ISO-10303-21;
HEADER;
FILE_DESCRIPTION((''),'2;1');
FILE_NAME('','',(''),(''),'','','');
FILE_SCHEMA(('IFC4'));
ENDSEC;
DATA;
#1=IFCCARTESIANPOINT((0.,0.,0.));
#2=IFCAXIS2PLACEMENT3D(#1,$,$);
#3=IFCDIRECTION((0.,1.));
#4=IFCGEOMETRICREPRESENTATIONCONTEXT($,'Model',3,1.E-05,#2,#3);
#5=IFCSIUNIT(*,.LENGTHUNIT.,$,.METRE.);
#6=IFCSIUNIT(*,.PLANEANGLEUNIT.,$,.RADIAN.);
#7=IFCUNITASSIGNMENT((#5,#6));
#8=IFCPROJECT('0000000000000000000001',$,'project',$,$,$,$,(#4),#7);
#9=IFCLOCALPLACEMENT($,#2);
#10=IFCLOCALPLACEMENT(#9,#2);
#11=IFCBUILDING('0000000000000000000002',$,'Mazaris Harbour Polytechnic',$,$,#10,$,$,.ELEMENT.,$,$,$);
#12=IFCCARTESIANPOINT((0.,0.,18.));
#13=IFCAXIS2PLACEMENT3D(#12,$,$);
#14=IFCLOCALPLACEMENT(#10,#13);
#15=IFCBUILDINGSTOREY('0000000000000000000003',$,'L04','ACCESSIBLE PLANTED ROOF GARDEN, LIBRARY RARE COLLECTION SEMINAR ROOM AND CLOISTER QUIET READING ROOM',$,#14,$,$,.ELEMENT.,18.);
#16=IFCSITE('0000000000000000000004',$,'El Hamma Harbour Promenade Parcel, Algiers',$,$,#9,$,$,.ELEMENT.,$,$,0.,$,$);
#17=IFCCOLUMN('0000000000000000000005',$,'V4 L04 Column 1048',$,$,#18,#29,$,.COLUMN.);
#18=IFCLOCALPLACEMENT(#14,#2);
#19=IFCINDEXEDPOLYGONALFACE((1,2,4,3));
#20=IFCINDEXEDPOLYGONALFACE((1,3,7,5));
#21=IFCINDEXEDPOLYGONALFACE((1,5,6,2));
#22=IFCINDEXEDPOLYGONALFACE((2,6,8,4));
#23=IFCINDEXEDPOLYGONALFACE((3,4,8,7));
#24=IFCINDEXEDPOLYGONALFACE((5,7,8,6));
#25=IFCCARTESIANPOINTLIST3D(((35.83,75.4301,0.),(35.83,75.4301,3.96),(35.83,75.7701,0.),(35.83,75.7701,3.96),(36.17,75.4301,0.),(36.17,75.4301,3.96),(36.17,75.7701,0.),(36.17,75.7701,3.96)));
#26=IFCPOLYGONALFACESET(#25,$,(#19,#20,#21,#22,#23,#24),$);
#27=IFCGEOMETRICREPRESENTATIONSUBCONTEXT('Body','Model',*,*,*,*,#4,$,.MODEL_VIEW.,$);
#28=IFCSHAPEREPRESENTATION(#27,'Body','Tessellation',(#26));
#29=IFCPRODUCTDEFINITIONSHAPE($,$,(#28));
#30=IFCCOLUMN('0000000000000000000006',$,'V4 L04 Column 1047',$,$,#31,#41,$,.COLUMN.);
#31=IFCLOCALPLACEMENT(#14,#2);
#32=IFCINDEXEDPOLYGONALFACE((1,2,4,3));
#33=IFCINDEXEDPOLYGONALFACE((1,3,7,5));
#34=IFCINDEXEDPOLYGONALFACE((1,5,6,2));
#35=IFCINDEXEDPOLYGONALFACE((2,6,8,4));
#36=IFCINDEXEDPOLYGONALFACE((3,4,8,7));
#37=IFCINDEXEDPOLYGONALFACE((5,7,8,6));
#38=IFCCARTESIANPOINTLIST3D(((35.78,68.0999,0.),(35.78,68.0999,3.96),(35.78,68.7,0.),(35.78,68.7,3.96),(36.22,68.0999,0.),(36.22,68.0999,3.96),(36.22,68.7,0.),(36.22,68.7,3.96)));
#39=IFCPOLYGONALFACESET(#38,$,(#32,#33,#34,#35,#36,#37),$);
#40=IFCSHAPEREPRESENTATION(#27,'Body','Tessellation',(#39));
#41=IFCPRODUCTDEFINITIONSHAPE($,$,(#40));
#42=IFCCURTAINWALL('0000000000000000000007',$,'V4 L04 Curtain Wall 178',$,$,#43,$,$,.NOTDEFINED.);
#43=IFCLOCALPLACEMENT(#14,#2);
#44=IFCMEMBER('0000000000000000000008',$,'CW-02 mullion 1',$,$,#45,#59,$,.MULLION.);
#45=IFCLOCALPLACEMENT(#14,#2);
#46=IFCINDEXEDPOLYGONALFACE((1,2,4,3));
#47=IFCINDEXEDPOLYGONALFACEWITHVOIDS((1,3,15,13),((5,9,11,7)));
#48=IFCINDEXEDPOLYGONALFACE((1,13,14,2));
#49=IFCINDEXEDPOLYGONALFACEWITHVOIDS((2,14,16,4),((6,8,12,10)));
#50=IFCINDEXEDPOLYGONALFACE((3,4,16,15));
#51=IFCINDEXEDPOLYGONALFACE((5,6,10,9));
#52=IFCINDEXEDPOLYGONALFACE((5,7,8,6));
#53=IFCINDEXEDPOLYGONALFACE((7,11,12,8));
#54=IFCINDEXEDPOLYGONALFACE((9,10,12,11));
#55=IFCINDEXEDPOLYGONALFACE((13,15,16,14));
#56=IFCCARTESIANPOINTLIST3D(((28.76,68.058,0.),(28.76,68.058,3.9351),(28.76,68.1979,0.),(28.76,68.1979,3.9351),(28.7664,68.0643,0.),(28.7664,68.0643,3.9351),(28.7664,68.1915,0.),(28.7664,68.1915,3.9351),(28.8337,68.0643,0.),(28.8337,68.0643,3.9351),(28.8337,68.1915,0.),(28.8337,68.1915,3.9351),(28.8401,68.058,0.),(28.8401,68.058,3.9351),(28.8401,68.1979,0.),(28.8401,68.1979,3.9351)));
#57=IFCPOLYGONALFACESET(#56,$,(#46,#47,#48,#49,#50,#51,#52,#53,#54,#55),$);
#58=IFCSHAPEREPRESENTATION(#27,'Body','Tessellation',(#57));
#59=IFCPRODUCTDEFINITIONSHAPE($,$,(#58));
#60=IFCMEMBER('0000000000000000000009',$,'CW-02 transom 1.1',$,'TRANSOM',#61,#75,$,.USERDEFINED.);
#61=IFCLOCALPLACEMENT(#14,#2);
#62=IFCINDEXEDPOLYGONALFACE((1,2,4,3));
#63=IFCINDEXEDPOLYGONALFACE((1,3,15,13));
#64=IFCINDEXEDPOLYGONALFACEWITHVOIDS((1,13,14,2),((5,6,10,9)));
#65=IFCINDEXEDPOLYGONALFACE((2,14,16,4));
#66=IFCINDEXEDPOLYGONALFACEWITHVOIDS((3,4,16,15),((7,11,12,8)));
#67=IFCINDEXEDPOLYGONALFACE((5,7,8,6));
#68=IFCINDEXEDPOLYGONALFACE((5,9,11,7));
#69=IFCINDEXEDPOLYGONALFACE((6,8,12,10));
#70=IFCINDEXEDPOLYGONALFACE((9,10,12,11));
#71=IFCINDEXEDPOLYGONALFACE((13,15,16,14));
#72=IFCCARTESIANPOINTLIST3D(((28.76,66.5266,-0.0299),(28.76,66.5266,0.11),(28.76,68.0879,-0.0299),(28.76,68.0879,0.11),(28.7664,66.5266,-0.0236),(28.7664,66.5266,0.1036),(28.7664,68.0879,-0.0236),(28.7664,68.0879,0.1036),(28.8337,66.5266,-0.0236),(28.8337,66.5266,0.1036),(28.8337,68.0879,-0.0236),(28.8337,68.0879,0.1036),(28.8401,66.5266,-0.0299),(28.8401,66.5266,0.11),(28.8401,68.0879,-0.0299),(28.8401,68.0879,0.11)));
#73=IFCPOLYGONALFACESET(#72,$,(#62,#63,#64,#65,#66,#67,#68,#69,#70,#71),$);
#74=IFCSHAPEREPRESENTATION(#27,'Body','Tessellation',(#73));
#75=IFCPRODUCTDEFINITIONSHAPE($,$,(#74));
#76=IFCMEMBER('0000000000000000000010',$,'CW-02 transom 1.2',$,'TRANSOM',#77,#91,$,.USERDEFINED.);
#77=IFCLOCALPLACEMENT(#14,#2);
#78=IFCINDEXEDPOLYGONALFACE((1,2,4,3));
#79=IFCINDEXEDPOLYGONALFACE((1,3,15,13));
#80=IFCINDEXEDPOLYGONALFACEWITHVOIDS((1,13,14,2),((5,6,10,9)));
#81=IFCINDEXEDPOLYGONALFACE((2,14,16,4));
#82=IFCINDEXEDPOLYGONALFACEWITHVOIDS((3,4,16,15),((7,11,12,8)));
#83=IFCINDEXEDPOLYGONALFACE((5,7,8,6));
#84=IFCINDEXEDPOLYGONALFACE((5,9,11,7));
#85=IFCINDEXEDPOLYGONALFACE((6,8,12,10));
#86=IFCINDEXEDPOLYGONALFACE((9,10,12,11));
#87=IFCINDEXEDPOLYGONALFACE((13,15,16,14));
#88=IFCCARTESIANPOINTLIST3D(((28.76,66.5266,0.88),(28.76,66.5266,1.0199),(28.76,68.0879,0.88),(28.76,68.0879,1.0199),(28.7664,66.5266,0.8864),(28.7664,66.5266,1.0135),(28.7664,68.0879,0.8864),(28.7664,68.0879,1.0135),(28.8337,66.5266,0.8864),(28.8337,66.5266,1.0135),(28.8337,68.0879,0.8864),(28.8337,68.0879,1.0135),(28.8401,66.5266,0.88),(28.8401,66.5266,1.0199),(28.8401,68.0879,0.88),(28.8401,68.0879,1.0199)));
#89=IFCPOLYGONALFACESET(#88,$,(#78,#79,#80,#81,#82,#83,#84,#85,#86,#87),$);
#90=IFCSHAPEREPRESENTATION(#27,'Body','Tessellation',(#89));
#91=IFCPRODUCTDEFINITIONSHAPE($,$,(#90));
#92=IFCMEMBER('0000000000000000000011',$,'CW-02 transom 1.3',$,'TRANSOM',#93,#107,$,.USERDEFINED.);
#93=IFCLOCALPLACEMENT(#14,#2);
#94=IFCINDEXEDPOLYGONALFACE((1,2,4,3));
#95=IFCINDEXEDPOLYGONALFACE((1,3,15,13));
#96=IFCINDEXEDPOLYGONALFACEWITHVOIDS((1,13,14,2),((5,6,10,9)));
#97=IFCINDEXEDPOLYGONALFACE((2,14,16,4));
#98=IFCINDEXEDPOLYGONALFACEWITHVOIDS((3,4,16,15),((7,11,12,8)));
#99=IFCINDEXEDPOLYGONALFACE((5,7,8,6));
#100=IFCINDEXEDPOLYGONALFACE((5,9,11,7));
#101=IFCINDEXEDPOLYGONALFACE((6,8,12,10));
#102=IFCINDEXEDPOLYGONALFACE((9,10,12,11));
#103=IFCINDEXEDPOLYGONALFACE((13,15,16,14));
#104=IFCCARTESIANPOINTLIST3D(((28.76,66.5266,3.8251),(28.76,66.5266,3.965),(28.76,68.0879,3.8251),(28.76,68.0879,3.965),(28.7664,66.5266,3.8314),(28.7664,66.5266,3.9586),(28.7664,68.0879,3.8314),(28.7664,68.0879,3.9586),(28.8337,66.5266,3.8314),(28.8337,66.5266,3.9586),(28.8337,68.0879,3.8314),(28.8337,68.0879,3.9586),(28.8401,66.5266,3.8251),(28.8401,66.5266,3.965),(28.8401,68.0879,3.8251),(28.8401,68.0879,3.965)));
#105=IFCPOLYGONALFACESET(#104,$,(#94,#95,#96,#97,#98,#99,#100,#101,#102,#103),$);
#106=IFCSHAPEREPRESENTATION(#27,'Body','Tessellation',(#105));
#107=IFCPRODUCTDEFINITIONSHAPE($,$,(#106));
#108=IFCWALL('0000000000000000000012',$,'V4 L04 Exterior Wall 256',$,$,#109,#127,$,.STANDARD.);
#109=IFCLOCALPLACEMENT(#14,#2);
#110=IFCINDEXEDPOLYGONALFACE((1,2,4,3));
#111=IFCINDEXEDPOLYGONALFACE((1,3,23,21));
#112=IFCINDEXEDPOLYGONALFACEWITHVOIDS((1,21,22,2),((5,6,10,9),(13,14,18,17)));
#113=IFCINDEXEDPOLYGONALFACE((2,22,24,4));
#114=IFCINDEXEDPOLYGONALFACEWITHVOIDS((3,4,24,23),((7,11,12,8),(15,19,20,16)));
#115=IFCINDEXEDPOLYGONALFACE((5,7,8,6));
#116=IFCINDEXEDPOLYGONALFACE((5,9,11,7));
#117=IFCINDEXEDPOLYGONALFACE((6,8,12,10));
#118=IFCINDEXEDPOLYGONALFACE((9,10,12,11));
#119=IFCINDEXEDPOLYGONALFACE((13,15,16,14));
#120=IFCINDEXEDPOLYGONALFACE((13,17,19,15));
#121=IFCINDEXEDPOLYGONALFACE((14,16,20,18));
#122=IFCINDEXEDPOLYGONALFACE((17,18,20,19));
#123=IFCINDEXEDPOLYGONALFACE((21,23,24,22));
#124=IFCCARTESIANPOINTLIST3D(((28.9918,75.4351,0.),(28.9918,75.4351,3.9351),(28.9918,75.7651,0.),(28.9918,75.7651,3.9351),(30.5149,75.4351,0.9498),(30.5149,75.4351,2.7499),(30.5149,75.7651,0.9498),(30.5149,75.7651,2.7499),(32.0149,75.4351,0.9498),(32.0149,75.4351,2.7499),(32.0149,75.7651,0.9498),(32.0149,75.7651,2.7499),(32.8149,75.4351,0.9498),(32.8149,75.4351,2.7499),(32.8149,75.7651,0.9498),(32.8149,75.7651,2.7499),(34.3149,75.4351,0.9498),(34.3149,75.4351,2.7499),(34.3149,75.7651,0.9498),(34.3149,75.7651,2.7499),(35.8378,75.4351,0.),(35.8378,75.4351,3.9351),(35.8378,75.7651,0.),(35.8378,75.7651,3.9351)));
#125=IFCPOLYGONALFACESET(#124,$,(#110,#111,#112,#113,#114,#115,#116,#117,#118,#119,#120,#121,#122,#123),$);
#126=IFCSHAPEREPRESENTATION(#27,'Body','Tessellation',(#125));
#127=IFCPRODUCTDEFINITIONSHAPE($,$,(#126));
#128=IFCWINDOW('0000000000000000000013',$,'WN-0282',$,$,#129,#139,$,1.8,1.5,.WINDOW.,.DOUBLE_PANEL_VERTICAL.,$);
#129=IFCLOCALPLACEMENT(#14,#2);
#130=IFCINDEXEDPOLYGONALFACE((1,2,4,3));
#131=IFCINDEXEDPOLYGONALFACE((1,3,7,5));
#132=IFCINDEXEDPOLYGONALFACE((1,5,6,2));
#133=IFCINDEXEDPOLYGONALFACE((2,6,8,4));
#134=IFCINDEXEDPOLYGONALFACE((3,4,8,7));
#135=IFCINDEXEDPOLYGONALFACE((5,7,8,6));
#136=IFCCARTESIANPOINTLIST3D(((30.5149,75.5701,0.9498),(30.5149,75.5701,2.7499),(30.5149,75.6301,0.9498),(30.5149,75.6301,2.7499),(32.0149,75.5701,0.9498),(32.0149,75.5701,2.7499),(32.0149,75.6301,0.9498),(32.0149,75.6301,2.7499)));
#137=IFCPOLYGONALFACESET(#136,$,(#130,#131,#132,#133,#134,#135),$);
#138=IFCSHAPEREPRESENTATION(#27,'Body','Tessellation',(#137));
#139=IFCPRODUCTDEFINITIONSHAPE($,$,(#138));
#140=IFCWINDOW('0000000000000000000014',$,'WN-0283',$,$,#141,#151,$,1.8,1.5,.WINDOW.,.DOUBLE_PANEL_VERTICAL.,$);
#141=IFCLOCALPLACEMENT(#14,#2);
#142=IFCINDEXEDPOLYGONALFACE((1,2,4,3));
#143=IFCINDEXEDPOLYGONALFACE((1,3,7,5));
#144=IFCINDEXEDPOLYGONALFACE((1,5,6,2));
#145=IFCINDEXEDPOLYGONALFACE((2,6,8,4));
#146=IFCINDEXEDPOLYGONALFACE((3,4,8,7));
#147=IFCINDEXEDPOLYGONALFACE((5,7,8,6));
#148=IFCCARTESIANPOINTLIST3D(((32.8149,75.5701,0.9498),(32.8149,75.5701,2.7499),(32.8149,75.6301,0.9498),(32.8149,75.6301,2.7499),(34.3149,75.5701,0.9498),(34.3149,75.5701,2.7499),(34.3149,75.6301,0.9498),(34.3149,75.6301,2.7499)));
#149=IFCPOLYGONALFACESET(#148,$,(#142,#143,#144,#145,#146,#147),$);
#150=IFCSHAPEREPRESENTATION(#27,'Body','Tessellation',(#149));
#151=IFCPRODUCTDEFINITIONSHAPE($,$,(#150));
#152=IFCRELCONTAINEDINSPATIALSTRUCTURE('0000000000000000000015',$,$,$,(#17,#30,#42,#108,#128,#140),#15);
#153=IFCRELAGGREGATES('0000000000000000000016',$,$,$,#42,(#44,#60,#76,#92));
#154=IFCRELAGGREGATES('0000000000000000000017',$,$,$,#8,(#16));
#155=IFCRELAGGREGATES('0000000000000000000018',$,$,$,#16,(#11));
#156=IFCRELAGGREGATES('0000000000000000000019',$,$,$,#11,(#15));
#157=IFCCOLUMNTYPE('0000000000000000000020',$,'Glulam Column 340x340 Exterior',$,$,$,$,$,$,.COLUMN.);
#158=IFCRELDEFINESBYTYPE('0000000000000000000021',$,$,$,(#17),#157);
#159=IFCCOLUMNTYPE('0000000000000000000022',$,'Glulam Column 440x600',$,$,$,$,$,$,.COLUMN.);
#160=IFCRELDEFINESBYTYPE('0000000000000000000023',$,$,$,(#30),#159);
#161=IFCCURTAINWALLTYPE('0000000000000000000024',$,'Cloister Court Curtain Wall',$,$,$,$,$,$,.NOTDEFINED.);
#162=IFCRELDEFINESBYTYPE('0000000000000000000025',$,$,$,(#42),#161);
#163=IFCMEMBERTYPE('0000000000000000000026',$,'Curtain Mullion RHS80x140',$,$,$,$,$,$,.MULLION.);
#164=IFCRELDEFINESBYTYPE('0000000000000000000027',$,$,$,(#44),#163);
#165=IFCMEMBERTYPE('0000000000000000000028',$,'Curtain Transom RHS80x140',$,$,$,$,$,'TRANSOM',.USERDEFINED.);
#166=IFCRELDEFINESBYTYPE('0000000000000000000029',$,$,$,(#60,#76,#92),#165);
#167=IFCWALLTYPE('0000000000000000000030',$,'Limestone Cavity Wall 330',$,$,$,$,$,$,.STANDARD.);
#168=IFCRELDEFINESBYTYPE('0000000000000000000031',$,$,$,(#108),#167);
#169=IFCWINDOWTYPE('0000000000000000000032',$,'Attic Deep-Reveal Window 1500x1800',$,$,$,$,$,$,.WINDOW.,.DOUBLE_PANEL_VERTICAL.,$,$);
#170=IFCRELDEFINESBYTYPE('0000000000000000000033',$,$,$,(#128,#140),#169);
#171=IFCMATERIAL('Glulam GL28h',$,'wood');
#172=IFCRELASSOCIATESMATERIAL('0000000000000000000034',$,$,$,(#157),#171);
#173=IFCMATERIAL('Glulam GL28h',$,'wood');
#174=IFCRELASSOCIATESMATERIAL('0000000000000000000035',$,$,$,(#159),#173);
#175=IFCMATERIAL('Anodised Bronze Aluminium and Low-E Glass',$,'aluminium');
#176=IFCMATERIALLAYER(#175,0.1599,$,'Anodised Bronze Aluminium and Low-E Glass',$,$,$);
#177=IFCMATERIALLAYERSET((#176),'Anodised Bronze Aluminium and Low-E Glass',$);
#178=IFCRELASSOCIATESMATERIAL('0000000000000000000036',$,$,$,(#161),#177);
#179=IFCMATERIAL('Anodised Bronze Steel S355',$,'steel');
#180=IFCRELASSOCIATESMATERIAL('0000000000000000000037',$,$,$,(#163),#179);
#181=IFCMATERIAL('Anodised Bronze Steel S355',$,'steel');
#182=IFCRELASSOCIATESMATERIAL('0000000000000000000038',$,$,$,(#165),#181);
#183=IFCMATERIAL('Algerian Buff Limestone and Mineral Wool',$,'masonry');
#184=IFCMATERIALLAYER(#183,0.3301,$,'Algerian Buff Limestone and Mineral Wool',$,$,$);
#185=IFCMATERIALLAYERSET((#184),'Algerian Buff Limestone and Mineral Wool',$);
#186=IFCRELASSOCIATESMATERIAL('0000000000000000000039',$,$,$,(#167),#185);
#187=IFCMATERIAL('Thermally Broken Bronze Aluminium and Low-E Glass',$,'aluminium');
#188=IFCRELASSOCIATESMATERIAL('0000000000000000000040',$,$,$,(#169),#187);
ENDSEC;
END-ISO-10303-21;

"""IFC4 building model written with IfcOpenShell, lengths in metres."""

from ifc_helpers import new_model, si_unit, direction, frame, frame_2d, origin, origin_2d, place, context, subcontext, project, spatial, rectangle, hollow_rectangle, extrude, material, layer, layer_set, material_profile, profile_set, type_object, element, fill, aggregate, save


model = new_model("IFC4")

# Units and contexts
model_context = context("Model", 3, precision=1e-05, world=origin(), true_north=direction((0.0, 1.0)))
body_context = subcontext(model_context, "Body", "Model", "MODEL_VIEW")
ifc_project = project(units=[si_unit("LENGTHUNIT", "METRE"), si_unit("PLANEANGLEUNIT", "RADIAN")], contexts=[model_context])

# Site, building, storey
site_placement = place(None, origin())
site = spatial("IfcSite", under=ifc_project, at=site_placement, Name="El Hamma Harbour Promenade Parcel, Algiers", CompositionType="ELEMENT", RefElevation=0.0)
building_placement = place(site_placement, origin())
building = spatial("IfcBuilding", under=site, at=building_placement, Name="Mazaris Harbour Polytechnic", CompositionType="ELEMENT")
storey_placement = place(building_placement, frame((0.0, 0.0, 18.0)))
storey = spatial("IfcBuildingStorey", under=building, at=storey_placement, Name="L04", Description="ACCESSIBLE PLANTED ROOF GARDEN, LIBRARY RARE COLLECTION SEMINAR ROOM AND CLOISTER QUIET READING ROOM", CompositionType="ELEMENT", Elevation=18.0)

# Columns
ifc_material_1 = material(Name="Glulam GL28h", Category="wood")
ifc_material_profile_1 = material_profile(ifc_material_1, rectangle(XDim=0.3401, YDim=0.3401, at=origin_2d()), Name="RECT340x340")
ifc_profile_set_1 = profile_set([ifc_material_profile_1], Name="Glulam GL28h")
column_type_1 = type_object("IfcColumnType", Name="Glulam Column 340x340 Exterior", PredefinedType="COLUMN", material=ifc_profile_set_1)
column_1_placement = place(storey_placement, frame((36.0, 75.6001, 0.0), z_axis=(0.0, 0.0, 1.0), x_axis=(1.0, 0.0, 0.0)))
element("IfcColumn", 1, at=column_1_placement, inside=storey, type_object=column_type_1, Name="V4 L04 Column 1048", PredefinedType="COLUMN", context=body_context, shape_type="SweptSolid", body=[
    extrude(rectangle(XDim=0.3401, YDim=0.3401, at=origin_2d()), origin(), (0.0, 0.0, 1.0), 3.96),
])
ifc_material_2 = material(Name="Glulam GL28h", Category="wood")
ifc_material_profile_2 = material_profile(ifc_material_2, rectangle(XDim=0.4399, YDim=0.6001, at=origin_2d()), Name="RECT440x600")
ifc_profile_set_2 = profile_set([ifc_material_profile_2], Name="Glulam GL28h")
column_type_2 = type_object("IfcColumnType", Name="Glulam Column 440x600", PredefinedType="COLUMN", material=ifc_profile_set_2)
column_2_placement = place(storey_placement, frame((36.0, 68.3999, 0.0), z_axis=(0.0, 0.0, 1.0), x_axis=(1.0, 0.0, 0.0)))
element("IfcColumn", 2, at=column_2_placement, inside=storey, type_object=column_type_2, Name="V4 L04 Column 1047", PredefinedType="COLUMN", context=body_context, shape_type="SweptSolid", body=[
    extrude(rectangle(XDim=0.4399, YDim=0.6001, at=origin_2d()), origin(), (0.0, 0.0, 1.0), 3.96),
])

# Curtain wall, members
ifc_material_3 = material(Name="Anodised Bronze Aluminium and Low-E Glass", Category="aluminium")
ifc_layer_1 = layer(ifc_material_3, 0.1599, Name="Anodised Bronze Aluminium and Low-E Glass")
ifc_layer_set_1 = layer_set([ifc_layer_1], Name="Anodised Bronze Aluminium and Low-E Glass")
curtain_wall_type = type_object("IfcCurtainWallType", Name="Cloister Court Curtain Wall", PredefinedType="NOTDEFINED", material=ifc_layer_set_1)
curtain_wall_placement = place(storey_placement, origin())
curtain_wall = element("IfcCurtainWall", 3, at=curtain_wall_placement, inside=storey, type_object=curtain_wall_type, Name="V4 L04 Curtain Wall 178", PredefinedType="NOTDEFINED")
ifc_material_4 = material(Name="Anodised Bronze Steel S355", Category="steel")
ifc_material_profile_3 = material_profile(ifc_material_4, hollow_rectangle(XDim=0.0801, YDim=0.1399, WallThickness=0.0063, at=origin_2d()), Name="RHS 80x140x6.3")
ifc_profile_set_3 = profile_set([ifc_material_profile_3], Name="Anodised Bronze Steel S355")
member_type_1 = type_object("IfcMemberType", Name="Curtain Mullion RHS80x140", PredefinedType="MULLION", material=ifc_profile_set_3)
member_1_placement = place(storey_placement, frame((28.8, 68.1279, 0.0), z_axis=(0.0, 0.0, 1.0), x_axis=(1.0, 0.0, 0.0)))
member_1 = element("IfcMember", 4, at=member_1_placement, type_object=member_type_1, Name="CW-02 mullion 1", PredefinedType="MULLION", context=body_context, shape_type="SweptSolid", body=[
    extrude(hollow_rectangle(XDim=0.0801, YDim=0.1399, WallThickness=0.0063, at=origin_2d()), origin(), (0.0, 0.0, 1.0), 3.9351),
])
ifc_material_5 = material(Name="Anodised Bronze Steel S355", Category="steel")
ifc_material_profile_4 = material_profile(ifc_material_5, hollow_rectangle(XDim=0.0801, YDim=0.1399, WallThickness=0.0063, at=origin_2d()), Name="RHS 80x140x6.3")
ifc_profile_set_4 = profile_set([ifc_material_profile_4], Name="Anodised Bronze Steel S355")
member_type_2 = type_object("IfcMemberType", Name="Curtain Transom RHS80x140", ElementType="TRANSOM", PredefinedType="USERDEFINED", material=ifc_profile_set_4)
member_2_placement = place(storey_placement, frame((28.8, 68.0879, 0.04), z_axis=(0.0, -1.0, 0.0), x_axis=(1.0, 0.0, 0.0)))
member_2 = element("IfcMember", 5, at=member_2_placement, type_object=member_type_2, Name="CW-02 transom 1.1", ObjectType="TRANSOM", PredefinedType="USERDEFINED", context=body_context, shape_type="SweptSolid", body=[
    extrude(hollow_rectangle(XDim=0.0801, YDim=0.1399, WallThickness=0.0063, at=origin_2d()), origin(), (0.0, 0.0, 1.0), 1.5613),
])
member_3_placement = place(storey_placement, frame((28.8, 68.0879, 0.95), z_axis=(0.0, -1.0, 0.0), x_axis=(1.0, 0.0, 0.0)))
member_3 = element("IfcMember", 6, at=member_3_placement, type_object=member_type_2, Name="CW-02 transom 1.2", ObjectType="TRANSOM", PredefinedType="USERDEFINED", context=body_context, shape_type="SweptSolid", body=[
    extrude(hollow_rectangle(XDim=0.0801, YDim=0.1399, WallThickness=0.0063, at=origin_2d()), origin(), (0.0, 0.0, 1.0), 1.5613),
])
member_4_placement = place(storey_placement, frame((28.8, 68.0879, 3.895), z_axis=(0.0, -1.0, 0.0), x_axis=(1.0, 0.0, 0.0)))
member_4 = element("IfcMember", 7, at=member_4_placement, type_object=member_type_2, Name="CW-02 transom 1.3", ObjectType="TRANSOM", PredefinedType="USERDEFINED", context=body_context, shape_type="SweptSolid", body=[
    extrude(hollow_rectangle(XDim=0.0801, YDim=0.1399, WallThickness=0.0063, at=origin_2d()), origin(), (0.0, 0.0, 1.0), 1.5613),
])
aggregate(curtain_wall, [member_1, member_2, member_3, member_4])

# Wall, openings, windows
ifc_material_6 = material(Name="Algerian Buff Limestone and Mineral Wool", Category="masonry")
ifc_layer_2 = layer(ifc_material_6, 0.3301, Name="Algerian Buff Limestone and Mineral Wool")
ifc_layer_set_2 = layer_set([ifc_layer_2], Name="Algerian Buff Limestone and Mineral Wool")
wall_type_1 = type_object("IfcWallType", Name="Limestone Cavity Wall 330", PredefinedType="STANDARD", material=ifc_layer_set_2)
wall_1_placement = place(storey_placement, frame((28.9919, 75.6001, 0.0), z_axis=(0.0, 0.0, 1.0), x_axis=(1.0, 0.0, 0.0)))
wall_1 = element("IfcWall", 8, at=wall_1_placement, inside=storey, type_object=wall_type_1, Name="V4 L04 Exterior Wall 256", PredefinedType="STANDARD", context=body_context, shape_type="SweptSolid", body=[
    extrude(rectangle(XDim=6.8459, YDim=0.3301, at=frame_2d((3.4229, 0.0))), origin(), (0.0, 0.0, 1.0), 3.9351),
])
opening_1_placement = place(wall_1_placement, frame((1.5229, 0.0, 0.95)))
opening_1 = element("IfcOpeningElement", 9, at=opening_1_placement, cuts=wall_1, PredefinedType="OPENING", context=body_context, shape_type="SweptSolid", body=[
    extrude(rectangle(XDim=1.5, YDim=1.8, at=frame_2d((0.75, 0.8999))), frame((0.0, 0.175, 0.0), z_axis=(0.0, -1.0, 0.0), x_axis=(1.0, 0.0, 0.0)), (0.0, 0.0, 1.0), 0.3501),
])
opening_2_placement = place(wall_1_placement, frame((3.823, 0.0, 0.95)))
opening_2 = element("IfcOpeningElement", 10, at=opening_2_placement, cuts=wall_1, PredefinedType="OPENING", context=body_context, shape_type="SweptSolid", body=[
    extrude(rectangle(XDim=1.5, YDim=1.8, at=frame_2d((0.75, 0.8999))), frame((0.0, 0.175, 0.0), z_axis=(0.0, -1.0, 0.0), x_axis=(1.0, 0.0, 0.0)), (0.0, 0.0, 1.0), 0.3501),
])
ifc_material_7 = material(Name="Thermally Broken Bronze Aluminium and Low-E Glass", Category="aluminium")
window_type_1 = type_object("IfcWindowType", Name="Attic Deep-Reveal Window 1500x1800", PartitioningType="DOUBLE_PANEL_VERTICAL", PredefinedType="WINDOW", material=ifc_material_7)
window_1_placement = place(opening_1_placement, origin())
window_1 = element("IfcWindow", 11, at=window_1_placement, inside=storey, type_object=window_type_1, Name="WN-0282", OverallHeight=1.8, OverallWidth=1.5, PartitioningType="DOUBLE_PANEL_VERTICAL", PredefinedType="WINDOW", context=body_context, shape_type="SweptSolid", body=[
    extrude(rectangle(XDim=1.5, YDim=1.8, at=frame_2d((0.75, 0.8999))), frame((0.0, 0.03, 0.0), z_axis=(0.0, -1.0, 0.0), x_axis=(1.0, 0.0, 0.0)), (0.0, 0.0, 1.0), 0.0601),
])
fill(opening_1, window_1)
window_2_placement = place(opening_2_placement, origin())
window_2 = element("IfcWindow", 12, at=window_2_placement, inside=storey, type_object=window_type_1, Name="WN-0283", OverallHeight=1.8, OverallWidth=1.5, PartitioningType="DOUBLE_PANEL_VERTICAL", PredefinedType="WINDOW", context=body_context, shape_type="SweptSolid", body=[
    extrude(rectangle(XDim=1.5, YDim=1.8, at=frame_2d((0.75, 0.8999))), frame((0.0, 0.03, 0.0), z_axis=(0.0, -1.0, 0.0), x_axis=(1.0, 0.0, 0.0)), (0.0, 0.0, 1.0), 0.0601),
])
fill(opening_2, window_2)

save(model, "model.ifc")
